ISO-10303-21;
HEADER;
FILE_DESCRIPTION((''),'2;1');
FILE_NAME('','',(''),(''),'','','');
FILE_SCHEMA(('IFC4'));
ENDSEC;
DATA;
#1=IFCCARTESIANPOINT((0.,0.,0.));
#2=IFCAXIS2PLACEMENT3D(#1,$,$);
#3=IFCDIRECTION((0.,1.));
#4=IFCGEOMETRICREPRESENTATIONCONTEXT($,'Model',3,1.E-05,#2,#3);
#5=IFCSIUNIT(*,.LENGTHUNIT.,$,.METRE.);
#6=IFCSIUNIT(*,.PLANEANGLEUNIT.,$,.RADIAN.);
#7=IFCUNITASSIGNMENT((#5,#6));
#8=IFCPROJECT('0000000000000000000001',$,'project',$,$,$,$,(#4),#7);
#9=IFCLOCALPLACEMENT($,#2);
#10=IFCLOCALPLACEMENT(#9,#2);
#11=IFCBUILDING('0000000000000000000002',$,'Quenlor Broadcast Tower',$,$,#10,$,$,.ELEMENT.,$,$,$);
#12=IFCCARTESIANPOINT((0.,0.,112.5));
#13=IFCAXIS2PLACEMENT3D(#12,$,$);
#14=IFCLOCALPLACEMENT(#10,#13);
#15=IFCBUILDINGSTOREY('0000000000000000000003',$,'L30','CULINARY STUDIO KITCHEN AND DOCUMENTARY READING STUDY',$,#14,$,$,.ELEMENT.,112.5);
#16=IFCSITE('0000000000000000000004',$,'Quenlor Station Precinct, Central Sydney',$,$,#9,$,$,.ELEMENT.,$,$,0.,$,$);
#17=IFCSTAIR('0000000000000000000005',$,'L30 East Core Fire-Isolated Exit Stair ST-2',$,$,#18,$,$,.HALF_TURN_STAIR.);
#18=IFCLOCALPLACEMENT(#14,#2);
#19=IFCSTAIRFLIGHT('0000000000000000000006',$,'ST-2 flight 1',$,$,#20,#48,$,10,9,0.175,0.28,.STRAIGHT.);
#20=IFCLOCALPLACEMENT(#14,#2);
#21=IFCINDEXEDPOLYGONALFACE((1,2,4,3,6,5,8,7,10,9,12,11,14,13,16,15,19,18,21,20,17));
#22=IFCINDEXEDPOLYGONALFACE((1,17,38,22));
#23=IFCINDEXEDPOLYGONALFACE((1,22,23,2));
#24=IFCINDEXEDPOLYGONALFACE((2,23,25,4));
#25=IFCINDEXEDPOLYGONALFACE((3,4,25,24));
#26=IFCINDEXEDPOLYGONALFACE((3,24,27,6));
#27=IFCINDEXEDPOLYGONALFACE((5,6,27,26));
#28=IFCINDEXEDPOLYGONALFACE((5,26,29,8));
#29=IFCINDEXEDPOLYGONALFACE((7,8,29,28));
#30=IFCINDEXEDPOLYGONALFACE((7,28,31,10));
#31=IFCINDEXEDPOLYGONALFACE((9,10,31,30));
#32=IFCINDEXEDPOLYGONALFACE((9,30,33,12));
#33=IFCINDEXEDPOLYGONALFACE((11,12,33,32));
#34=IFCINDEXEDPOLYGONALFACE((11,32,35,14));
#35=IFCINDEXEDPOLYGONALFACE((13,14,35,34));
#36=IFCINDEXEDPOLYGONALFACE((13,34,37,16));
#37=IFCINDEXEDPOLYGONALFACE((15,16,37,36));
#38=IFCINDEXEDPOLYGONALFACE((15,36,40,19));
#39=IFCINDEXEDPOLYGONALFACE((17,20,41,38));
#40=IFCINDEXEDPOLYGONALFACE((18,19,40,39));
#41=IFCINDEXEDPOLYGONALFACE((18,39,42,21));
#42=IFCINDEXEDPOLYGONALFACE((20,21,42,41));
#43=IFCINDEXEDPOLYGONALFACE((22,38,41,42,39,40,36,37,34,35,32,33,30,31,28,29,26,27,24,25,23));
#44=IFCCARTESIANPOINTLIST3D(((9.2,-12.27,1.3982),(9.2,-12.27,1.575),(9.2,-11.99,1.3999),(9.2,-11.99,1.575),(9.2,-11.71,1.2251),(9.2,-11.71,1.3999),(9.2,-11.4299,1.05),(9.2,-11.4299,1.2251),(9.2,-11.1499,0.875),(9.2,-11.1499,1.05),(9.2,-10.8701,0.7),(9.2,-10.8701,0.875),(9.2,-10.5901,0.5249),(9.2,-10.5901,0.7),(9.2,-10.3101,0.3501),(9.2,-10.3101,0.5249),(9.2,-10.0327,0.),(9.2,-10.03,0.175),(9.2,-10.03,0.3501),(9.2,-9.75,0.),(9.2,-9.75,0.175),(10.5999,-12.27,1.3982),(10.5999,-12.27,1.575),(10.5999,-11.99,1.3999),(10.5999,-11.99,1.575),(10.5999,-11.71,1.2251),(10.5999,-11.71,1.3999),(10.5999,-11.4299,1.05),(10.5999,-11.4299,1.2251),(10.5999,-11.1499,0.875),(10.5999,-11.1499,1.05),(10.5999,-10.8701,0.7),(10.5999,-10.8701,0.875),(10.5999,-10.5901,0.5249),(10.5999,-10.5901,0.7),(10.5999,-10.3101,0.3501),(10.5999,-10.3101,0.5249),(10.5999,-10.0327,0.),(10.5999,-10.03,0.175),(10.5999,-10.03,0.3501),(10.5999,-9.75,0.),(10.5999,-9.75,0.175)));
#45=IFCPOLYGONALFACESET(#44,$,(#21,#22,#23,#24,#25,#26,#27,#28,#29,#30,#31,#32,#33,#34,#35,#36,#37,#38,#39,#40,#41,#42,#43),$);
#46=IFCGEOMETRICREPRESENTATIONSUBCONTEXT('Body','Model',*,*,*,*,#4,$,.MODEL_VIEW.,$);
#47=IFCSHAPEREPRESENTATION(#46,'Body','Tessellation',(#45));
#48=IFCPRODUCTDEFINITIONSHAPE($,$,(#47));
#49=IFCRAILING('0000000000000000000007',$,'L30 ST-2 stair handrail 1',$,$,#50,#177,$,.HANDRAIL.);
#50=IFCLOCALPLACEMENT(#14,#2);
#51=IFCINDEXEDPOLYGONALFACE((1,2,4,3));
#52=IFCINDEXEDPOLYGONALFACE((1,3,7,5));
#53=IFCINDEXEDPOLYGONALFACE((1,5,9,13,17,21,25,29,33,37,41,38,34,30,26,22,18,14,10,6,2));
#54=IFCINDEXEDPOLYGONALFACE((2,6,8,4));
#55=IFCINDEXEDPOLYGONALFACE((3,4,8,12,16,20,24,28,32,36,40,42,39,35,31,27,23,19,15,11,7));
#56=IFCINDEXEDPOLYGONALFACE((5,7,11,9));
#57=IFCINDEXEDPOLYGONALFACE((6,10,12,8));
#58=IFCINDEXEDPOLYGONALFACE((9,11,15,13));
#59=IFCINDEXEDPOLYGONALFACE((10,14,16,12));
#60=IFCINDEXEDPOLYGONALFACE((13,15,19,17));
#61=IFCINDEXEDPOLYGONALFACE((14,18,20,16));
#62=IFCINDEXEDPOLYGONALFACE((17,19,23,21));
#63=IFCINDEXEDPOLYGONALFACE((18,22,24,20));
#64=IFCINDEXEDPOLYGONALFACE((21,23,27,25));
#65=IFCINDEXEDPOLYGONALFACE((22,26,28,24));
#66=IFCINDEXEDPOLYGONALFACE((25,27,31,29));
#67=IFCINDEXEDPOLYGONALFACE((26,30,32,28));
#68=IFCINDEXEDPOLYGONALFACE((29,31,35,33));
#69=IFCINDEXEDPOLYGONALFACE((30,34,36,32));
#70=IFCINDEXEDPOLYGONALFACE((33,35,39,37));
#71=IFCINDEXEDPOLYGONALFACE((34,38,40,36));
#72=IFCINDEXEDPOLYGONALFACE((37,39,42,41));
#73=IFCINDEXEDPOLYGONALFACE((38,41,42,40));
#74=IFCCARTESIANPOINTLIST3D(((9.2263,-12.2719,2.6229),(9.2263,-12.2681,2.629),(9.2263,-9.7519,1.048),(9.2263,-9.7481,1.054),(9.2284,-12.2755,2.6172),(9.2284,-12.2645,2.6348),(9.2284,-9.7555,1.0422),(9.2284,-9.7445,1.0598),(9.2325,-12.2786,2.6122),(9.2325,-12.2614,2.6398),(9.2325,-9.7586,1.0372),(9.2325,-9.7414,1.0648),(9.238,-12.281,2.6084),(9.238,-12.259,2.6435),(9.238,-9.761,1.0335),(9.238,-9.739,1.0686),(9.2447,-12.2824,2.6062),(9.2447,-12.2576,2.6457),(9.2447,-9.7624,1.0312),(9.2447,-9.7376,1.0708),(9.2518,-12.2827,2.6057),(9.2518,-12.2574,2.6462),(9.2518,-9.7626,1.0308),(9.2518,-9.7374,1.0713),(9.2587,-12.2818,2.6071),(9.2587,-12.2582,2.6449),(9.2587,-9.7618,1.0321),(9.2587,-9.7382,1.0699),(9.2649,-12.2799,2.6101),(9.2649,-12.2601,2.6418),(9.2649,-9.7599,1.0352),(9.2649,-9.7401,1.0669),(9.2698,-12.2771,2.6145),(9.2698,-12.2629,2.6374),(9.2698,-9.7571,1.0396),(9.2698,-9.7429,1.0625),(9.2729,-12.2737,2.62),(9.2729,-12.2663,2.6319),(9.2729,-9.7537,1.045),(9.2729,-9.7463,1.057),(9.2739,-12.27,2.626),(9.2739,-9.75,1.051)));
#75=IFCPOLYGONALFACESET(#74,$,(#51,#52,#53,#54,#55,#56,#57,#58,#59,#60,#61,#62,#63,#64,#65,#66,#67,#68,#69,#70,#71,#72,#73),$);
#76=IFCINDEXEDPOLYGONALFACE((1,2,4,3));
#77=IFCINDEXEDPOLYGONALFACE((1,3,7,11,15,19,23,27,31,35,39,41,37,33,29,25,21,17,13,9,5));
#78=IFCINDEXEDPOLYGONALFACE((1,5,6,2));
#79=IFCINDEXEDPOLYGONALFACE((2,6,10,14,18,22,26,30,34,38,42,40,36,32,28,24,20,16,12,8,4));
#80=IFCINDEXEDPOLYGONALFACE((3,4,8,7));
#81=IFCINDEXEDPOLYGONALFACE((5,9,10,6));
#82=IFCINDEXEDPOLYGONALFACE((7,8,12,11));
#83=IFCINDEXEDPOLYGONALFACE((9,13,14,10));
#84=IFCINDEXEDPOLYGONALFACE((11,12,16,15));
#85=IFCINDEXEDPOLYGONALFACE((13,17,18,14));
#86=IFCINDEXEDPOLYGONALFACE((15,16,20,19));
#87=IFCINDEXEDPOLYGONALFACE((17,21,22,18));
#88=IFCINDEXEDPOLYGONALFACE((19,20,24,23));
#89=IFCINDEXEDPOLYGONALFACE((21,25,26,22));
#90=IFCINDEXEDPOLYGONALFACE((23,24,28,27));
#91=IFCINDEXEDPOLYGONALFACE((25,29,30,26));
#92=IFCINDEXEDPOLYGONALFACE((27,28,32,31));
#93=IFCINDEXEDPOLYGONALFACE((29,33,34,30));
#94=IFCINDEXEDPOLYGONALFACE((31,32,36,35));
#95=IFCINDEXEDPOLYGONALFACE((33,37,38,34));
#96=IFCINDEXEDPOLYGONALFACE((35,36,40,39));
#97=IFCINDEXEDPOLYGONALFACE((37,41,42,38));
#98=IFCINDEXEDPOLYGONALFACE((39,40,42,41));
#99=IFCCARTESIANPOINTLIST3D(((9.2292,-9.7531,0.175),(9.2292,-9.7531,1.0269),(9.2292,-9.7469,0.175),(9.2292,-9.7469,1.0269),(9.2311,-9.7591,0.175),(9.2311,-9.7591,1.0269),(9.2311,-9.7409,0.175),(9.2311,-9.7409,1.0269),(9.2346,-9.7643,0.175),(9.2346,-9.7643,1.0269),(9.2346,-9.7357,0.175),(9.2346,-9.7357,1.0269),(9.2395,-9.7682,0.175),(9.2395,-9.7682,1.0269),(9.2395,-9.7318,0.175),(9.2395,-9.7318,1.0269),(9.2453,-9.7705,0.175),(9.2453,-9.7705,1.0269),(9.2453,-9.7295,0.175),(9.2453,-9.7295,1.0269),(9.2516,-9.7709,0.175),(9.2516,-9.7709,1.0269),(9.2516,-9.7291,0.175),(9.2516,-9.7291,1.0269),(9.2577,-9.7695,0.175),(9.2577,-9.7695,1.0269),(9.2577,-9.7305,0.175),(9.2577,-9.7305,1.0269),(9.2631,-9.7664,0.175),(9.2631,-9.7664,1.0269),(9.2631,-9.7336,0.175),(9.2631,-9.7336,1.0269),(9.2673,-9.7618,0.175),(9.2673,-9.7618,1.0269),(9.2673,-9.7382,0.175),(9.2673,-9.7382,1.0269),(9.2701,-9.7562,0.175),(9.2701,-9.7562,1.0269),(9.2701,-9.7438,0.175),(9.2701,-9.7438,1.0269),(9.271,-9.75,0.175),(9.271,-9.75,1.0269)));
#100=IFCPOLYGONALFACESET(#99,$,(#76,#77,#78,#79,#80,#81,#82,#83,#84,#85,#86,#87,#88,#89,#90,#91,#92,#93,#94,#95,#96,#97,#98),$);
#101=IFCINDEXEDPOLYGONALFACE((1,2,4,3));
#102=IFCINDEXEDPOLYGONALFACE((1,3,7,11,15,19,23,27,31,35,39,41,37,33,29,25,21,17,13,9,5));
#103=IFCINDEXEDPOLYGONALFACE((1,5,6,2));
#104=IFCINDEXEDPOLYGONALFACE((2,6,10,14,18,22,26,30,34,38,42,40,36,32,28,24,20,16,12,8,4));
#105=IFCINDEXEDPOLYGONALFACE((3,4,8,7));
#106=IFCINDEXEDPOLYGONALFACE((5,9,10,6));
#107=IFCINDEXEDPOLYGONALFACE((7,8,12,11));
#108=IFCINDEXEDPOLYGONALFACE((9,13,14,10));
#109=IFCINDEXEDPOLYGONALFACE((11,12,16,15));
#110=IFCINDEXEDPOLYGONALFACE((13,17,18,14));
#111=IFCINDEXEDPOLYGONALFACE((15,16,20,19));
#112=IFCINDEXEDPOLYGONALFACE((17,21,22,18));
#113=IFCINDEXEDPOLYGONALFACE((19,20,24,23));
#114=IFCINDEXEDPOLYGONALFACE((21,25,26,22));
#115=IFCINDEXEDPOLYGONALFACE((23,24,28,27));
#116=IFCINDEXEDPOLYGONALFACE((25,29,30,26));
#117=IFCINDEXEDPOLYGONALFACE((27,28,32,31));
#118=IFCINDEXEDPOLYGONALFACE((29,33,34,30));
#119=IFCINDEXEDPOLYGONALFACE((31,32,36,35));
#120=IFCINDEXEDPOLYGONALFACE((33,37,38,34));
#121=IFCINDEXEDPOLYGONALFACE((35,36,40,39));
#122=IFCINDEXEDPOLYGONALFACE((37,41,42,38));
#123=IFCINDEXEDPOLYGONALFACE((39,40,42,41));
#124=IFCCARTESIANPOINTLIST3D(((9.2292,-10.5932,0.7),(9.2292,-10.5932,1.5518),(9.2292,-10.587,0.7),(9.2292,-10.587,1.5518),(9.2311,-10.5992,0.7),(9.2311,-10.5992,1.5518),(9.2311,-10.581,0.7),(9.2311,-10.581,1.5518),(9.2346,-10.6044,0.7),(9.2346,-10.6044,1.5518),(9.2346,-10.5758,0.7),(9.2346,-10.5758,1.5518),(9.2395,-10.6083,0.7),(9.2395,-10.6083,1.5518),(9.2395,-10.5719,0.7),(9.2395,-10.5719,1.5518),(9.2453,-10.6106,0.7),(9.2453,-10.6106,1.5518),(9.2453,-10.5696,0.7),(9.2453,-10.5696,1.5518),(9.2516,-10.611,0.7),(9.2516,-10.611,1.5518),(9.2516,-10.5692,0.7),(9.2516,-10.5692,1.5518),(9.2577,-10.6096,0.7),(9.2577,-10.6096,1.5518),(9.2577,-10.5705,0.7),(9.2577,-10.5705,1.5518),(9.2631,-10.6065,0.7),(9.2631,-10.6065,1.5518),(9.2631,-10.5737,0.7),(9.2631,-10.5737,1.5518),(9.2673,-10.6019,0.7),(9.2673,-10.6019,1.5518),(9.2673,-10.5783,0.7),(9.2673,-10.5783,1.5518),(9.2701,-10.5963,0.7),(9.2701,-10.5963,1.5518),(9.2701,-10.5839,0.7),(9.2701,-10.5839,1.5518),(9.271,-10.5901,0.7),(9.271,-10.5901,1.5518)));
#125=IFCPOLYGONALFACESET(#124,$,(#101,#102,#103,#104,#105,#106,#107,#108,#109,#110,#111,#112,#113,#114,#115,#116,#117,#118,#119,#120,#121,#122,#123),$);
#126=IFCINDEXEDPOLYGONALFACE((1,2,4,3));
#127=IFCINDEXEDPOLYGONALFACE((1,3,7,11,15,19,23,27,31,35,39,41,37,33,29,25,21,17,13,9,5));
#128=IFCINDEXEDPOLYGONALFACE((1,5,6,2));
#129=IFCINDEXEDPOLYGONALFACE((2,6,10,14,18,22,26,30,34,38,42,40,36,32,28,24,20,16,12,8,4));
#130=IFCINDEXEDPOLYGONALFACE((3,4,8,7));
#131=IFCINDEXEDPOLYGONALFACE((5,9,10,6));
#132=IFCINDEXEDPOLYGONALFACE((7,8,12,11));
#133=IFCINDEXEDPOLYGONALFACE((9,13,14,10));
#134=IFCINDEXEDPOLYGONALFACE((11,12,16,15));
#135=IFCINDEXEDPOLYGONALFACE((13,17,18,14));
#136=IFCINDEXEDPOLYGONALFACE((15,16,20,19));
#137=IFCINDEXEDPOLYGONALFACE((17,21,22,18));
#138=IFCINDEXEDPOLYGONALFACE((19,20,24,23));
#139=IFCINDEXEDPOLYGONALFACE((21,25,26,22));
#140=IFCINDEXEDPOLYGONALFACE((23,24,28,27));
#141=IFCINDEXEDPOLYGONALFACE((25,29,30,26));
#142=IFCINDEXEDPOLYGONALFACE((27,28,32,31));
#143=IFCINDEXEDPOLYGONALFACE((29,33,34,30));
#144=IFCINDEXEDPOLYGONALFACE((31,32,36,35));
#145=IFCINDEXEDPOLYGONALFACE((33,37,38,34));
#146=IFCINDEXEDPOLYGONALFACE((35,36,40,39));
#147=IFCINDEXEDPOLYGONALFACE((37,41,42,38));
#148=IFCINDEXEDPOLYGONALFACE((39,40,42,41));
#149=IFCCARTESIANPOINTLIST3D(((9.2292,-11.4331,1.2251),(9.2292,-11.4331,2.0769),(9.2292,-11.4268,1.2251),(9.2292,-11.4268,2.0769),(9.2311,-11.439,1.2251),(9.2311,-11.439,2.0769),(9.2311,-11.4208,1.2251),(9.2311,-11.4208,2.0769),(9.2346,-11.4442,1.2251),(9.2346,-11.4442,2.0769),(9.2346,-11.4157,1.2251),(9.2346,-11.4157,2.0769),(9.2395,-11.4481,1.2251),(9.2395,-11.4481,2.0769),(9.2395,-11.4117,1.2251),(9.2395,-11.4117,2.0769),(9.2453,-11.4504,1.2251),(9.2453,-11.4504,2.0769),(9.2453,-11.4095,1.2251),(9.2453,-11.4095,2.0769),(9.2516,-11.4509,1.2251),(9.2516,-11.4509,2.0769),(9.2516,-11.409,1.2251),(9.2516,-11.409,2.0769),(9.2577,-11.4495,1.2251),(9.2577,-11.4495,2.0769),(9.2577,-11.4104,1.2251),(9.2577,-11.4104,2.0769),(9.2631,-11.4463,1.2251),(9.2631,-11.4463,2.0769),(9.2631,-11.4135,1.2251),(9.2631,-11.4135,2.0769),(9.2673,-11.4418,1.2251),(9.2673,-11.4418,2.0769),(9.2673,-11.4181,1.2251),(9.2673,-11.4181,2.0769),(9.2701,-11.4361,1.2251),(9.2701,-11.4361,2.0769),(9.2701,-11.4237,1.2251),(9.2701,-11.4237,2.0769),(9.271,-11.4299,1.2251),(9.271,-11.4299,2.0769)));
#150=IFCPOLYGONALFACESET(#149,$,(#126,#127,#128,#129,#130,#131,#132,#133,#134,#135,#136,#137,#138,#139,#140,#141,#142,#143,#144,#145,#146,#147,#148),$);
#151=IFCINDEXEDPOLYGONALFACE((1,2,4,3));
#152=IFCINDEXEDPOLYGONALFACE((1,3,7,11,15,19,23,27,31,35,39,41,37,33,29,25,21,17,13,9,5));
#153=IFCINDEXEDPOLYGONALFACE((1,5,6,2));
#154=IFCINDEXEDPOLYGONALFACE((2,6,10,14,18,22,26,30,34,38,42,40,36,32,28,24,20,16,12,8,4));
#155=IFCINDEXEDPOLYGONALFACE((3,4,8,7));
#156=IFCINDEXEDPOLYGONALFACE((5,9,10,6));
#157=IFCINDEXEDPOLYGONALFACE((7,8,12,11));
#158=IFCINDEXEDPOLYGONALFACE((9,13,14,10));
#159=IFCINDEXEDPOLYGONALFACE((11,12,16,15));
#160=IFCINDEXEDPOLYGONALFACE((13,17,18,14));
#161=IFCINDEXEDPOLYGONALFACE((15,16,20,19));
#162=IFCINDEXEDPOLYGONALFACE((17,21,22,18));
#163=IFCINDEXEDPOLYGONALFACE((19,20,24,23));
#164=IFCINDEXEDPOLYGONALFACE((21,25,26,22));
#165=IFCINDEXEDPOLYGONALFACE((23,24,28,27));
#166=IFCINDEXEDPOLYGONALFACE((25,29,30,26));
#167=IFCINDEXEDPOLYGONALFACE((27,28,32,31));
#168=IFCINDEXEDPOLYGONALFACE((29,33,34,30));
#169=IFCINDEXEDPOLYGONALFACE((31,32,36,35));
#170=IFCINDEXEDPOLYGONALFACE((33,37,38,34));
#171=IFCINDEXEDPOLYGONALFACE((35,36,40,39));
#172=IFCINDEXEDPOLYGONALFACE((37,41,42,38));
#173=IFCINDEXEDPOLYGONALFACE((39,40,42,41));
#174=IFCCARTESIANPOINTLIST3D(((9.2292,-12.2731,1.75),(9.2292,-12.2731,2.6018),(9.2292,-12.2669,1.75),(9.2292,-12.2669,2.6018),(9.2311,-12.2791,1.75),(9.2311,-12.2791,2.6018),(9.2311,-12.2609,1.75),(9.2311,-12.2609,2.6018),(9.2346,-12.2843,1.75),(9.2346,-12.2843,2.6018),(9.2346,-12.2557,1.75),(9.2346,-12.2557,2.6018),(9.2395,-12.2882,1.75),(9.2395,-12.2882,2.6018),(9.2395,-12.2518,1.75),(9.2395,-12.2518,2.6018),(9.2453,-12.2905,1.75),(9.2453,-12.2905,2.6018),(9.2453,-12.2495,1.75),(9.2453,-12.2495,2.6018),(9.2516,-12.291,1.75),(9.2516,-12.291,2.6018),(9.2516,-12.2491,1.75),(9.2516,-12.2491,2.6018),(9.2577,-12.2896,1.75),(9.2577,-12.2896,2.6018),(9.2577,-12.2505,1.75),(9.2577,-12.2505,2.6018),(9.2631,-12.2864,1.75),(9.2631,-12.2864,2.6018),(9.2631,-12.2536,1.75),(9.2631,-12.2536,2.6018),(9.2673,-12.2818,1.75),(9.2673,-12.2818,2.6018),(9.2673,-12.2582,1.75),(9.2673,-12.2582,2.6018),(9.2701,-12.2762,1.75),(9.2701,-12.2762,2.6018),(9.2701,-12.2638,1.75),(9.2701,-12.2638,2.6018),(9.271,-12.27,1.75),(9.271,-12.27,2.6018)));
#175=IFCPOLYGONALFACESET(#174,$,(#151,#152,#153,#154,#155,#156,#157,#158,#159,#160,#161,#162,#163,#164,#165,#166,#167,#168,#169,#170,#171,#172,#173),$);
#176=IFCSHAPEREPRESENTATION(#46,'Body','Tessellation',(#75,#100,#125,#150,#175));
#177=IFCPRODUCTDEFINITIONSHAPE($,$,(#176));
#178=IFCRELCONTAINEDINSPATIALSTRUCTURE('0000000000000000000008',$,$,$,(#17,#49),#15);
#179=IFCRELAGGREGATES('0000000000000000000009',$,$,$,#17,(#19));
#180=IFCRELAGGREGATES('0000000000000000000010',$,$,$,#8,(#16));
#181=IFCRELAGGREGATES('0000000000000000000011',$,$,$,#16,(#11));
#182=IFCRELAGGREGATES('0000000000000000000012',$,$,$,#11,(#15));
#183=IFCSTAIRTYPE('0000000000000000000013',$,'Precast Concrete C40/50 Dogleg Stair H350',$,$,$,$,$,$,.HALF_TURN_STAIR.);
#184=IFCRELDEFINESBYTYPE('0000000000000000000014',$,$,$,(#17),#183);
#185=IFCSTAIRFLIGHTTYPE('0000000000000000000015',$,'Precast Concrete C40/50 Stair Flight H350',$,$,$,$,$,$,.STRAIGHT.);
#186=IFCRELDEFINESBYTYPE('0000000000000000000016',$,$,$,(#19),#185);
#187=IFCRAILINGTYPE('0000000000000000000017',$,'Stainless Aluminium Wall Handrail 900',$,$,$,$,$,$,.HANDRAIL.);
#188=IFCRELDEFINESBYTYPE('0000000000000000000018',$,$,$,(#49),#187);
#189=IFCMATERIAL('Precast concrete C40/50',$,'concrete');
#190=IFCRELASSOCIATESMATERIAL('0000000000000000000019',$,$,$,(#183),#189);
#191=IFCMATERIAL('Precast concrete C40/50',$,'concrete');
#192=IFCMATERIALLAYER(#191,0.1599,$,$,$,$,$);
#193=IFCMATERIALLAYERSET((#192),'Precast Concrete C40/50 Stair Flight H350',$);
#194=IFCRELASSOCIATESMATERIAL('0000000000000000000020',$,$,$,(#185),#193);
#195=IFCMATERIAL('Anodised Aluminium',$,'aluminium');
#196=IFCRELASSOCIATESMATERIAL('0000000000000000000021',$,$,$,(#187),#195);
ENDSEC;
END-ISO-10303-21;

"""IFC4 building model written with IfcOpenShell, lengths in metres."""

from ifc_helpers import new_model, si_unit, direction, frame, origin, origin_2d, place, context, subcontext, project, spatial, polyline, circle, outline, extrude, material, layer, layer_set, type_object, element, aggregate, save


model = new_model("IFC4")

# Units and contexts
model_context = context("Model", 3, precision=1e-05, world=origin(), true_north=direction((0.0, 1.0)))
body_context = subcontext(model_context, "Body", "Model", "MODEL_VIEW")
ifc_project = project(units=[si_unit("LENGTHUNIT", "METRE"), si_unit("PLANEANGLEUNIT", "RADIAN")], contexts=[model_context])

# Site, building, storey
site_placement = place(None, origin())
site = spatial("IfcSite", under=ifc_project, at=site_placement, Name="Quenlor Station Precinct, Central Sydney", CompositionType="ELEMENT", RefElevation=0.0)
building_placement = place(site_placement, origin())
building = spatial("IfcBuilding", under=site, at=building_placement, Name="Quenlor Broadcast Tower", CompositionType="ELEMENT")
storey_placement = place(building_placement, frame((0.0, 0.0, 112.5)))
storey = spatial("IfcBuildingStorey", under=building, at=storey_placement, Name="L30", Description="CULINARY STUDIO KITCHEN AND DOCUMENTARY READING STUDY", CompositionType="ELEMENT", Elevation=112.5)

# Stair, stair flight
ifc_material_1 = material(Name="Precast concrete C40/50", Category="concrete")
stair_type = type_object("IfcStairType", Name="Precast Concrete C40/50 Dogleg Stair H350", PredefinedType="HALF_TURN_STAIR", material=ifc_material_1)
stair_placement = place(storey_placement, origin())
stair = element("IfcStair", 1, at=stair_placement, inside=storey, type_object=stair_type, Name="L30 East Core Fire-Isolated Exit Stair ST-2", PredefinedType="HALF_TURN_STAIR")
ifc_material_2 = material(Name="Precast concrete C40/50", Category="concrete")
ifc_layer_1 = layer(ifc_material_2, 0.1599)
ifc_layer_set_1 = layer_set([ifc_layer_1], Name="Precast Concrete C40/50 Stair Flight H350")
stair_flight_type = type_object("IfcStairFlightType", Name="Precast Concrete C40/50 Stair Flight H350", PredefinedType="STRAIGHT", material=ifc_layer_set_1)
stair_flight_placement = place(storey_placement, frame((9.8999, -9.75, 0.0), z_axis=(0.0, 0.0, 1.0), x_axis=(0.0, -1.0, 0.0)))
stair_flight = element("IfcStairFlight", 2, at=stair_flight_placement, type_object=stair_flight_type, Name="ST-2 flight 1", NumberOfRisers=10, NumberOfTreads=9, PredefinedType="STRAIGHT", RiserHeight=0.175, TreadLength=0.28, context=body_context, shape_type="SweptSolid", body=[
    extrude(outline(polyline([(0.0, 0.0), (0.0, 0.175), (0.28, 0.175), (0.28, 0.3501), (0.5601, 0.3501), (0.5601, 0.5249), (0.8401, 0.5249), (0.8401, 0.7), (1.1201, 0.7), (1.1201, 0.875), (1.3999, 0.875), (1.3999, 1.05), (1.6799, 1.05), (1.6799, 1.2251), (1.96, 1.2251), (1.96, 1.3999), (2.24, 1.3999), (2.24, 1.575), (2.52, 1.575), (2.52, 1.75), (2.52, 1.3982), (0.2827, 0.0), (0.0, 0.0)])), frame((0.0, 0.7, 0.0), z_axis=(0.0, -1.0, 0.0), x_axis=(1.0, 0.0, 0.0)), (0.0, 0.0, 1.0), 1.3999),
])
aggregate(stair, [stair_flight])

# Railing
ifc_material_3 = material(Name="Anodised Aluminium", Category="aluminium")
railing_type_1 = type_object("IfcRailingType", Name="Stainless Aluminium Wall Handrail 900", PredefinedType="HANDRAIL", material=ifc_material_3)
railing_1_placement = place(storey_placement, frame((9.25, -9.75, 0.175)))
element("IfcRailing", 3, at=railing_1_placement, inside=storey, type_object=railing_type_1, Name="L30 ST-2 stair handrail 1", PredefinedType="HANDRAIL", context=body_context, shape_type="SweptSolid", body=[
    extrude(circle(Radius=0.0239, at=origin_2d()), frame((0.0, 0.0, 0.876), z_axis=(0.0, -0.848008, 0.529984), x_axis=(1.0, 0.0, 0.0)), (0.0, 0.0, 1.0), 2.9717),
    extrude(circle(Radius=0.021, at=origin_2d()), origin(), (0.0, 0.0, 1.0), 0.8518),
    extrude(circle(Radius=0.021, at=origin_2d()), frame((0.0, -0.8401, 0.5249)), (0.0, 0.0, 1.0), 0.8518),
    extrude(circle(Radius=0.021, at=origin_2d()), frame((0.0, -1.6799, 1.05)), (0.0, 0.0, 1.0), 0.8518),
    extrude(circle(Radius=0.021, at=origin_2d()), frame((0.0, -2.52, 1.575)), (0.0, 0.0, 1.0), 0.8518),
])

save(model, "model.ifc")
